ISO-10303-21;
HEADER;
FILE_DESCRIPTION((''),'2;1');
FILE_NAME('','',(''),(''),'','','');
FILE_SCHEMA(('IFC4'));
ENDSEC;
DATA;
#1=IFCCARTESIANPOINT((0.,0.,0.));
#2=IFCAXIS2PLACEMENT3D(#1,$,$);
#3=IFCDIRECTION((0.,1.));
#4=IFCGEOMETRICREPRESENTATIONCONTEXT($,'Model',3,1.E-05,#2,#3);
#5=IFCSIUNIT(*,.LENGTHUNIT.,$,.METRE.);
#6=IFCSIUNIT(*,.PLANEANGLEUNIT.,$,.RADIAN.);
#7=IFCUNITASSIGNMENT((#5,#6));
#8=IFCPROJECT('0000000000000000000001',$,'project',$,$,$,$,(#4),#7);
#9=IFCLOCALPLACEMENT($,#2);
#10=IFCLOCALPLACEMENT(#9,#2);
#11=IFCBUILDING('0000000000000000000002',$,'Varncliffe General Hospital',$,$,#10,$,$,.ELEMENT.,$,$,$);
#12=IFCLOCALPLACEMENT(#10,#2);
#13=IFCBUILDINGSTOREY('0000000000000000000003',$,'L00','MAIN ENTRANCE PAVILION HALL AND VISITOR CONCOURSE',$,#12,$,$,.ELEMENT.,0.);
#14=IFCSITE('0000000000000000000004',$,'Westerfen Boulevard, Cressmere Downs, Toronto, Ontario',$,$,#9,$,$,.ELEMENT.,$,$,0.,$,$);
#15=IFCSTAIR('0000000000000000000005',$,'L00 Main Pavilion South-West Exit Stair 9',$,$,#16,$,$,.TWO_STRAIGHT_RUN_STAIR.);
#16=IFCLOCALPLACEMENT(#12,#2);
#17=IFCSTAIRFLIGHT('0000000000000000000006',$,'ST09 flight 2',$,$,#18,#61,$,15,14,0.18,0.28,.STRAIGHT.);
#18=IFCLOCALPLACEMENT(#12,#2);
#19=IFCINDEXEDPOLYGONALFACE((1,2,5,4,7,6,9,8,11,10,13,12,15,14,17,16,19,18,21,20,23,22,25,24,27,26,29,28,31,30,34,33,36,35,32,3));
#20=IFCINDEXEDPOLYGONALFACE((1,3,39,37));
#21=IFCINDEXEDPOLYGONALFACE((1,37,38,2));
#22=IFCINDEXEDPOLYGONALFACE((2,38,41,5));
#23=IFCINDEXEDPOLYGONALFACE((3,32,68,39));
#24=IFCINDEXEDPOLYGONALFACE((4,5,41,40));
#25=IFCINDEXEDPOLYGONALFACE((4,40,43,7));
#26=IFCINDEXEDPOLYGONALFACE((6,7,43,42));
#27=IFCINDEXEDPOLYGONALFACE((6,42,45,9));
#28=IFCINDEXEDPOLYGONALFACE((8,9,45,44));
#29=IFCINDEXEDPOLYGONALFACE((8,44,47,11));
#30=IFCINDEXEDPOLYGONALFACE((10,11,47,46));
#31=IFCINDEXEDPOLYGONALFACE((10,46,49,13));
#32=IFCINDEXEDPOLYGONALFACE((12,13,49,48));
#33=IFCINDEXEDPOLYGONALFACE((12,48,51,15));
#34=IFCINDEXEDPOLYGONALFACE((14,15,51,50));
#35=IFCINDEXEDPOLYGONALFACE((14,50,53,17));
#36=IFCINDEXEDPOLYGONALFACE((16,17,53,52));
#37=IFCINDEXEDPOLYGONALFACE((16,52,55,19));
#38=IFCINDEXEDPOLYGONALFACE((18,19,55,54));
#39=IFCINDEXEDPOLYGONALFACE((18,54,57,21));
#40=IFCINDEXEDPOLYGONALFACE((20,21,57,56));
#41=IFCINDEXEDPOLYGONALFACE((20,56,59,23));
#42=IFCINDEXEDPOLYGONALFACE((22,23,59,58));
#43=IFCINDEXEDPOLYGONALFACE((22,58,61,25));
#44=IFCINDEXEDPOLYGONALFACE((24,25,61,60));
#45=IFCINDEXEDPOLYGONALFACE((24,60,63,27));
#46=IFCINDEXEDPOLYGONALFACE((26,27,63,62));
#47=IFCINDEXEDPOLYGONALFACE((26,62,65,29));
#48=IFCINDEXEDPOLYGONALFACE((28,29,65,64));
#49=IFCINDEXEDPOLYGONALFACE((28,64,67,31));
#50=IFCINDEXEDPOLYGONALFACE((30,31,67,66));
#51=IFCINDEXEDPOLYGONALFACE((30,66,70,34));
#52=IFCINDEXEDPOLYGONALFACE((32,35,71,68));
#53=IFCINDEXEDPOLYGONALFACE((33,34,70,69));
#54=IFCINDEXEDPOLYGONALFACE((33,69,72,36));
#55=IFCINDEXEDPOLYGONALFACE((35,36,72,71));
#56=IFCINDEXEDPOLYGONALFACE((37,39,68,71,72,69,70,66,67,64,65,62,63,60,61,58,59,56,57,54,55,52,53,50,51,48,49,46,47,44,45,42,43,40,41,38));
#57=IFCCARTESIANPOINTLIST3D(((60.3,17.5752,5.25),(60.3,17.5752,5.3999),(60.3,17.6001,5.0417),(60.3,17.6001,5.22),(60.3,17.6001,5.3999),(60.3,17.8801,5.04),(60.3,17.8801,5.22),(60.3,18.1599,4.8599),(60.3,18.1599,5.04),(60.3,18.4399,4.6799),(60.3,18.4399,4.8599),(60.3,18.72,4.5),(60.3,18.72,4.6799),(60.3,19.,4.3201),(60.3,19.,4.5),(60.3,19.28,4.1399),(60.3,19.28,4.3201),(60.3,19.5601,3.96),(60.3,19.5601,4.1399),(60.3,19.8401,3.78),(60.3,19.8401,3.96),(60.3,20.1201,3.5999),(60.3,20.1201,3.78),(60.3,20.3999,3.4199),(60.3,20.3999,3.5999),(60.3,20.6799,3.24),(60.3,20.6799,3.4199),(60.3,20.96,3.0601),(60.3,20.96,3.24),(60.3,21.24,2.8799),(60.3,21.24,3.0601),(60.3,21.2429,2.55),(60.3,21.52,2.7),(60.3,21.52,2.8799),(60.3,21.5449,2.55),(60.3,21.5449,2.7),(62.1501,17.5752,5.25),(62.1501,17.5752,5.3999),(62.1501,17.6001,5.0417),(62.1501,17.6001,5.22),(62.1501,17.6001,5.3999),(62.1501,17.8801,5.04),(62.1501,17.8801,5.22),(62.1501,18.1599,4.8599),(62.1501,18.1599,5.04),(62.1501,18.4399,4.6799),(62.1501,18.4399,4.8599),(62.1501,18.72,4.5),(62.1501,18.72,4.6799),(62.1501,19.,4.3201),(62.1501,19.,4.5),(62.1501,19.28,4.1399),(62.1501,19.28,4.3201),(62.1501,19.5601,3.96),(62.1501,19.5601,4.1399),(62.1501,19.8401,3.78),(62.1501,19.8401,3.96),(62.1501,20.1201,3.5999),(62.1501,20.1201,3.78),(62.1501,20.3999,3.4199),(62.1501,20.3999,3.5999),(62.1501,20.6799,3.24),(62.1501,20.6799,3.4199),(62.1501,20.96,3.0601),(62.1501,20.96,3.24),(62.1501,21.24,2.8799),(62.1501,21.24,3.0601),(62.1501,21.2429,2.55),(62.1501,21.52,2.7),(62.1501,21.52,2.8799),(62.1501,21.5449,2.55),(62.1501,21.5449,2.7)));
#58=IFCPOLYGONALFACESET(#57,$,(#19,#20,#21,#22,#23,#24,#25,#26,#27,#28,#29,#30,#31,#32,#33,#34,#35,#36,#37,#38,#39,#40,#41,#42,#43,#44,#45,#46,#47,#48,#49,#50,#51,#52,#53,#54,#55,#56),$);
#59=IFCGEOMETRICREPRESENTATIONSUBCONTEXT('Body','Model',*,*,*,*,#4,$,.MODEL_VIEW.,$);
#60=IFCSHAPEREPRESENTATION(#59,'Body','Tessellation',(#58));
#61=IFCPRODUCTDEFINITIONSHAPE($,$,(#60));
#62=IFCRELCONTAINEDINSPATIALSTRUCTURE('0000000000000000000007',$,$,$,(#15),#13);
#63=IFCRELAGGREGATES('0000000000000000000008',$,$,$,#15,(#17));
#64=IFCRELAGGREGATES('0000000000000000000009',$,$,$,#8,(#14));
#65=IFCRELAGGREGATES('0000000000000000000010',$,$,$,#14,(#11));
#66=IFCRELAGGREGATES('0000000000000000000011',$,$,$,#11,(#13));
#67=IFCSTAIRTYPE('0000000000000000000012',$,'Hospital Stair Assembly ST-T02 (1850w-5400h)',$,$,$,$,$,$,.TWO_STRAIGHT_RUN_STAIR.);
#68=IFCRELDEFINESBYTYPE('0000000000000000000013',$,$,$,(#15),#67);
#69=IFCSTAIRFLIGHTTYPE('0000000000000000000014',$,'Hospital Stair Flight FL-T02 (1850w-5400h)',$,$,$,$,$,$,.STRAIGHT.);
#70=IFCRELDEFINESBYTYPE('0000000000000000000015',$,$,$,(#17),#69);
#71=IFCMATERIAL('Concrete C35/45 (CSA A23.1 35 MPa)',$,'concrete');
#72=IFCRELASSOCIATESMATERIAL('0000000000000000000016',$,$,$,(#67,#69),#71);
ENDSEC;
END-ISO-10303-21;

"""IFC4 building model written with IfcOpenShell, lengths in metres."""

from ifc_helpers import new_model, si_unit, direction, frame, origin, place, context, subcontext, project, spatial, polyline, outline, extrude, material, type_object, element, aggregate, save


model = new_model("IFC4")

# Units and contexts
model_context = context("Model", 3, precision=1e-05, world=origin(), true_north=direction((0.0, 1.0)))
body_context = subcontext(model_context, "Body", "Model", "MODEL_VIEW")
ifc_project = project(units=[si_unit("LENGTHUNIT", "METRE"), si_unit("PLANEANGLEUNIT", "RADIAN")], contexts=[model_context])

# Site, building, storey
site_placement = place(None, origin())
site = spatial("IfcSite", under=ifc_project, at=site_placement, Name="Westerfen Boulevard, Cressmere Downs, Toronto, Ontario", CompositionType="ELEMENT", RefElevation=0.0)
building_placement = place(site_placement, origin())
building = spatial("IfcBuilding", under=site, at=building_placement, Name="Varncliffe General Hospital", CompositionType="ELEMENT")
storey_placement = place(building_placement, origin())
storey = spatial("IfcBuildingStorey", under=building, at=storey_placement, Name="L00", Description="MAIN ENTRANCE PAVILION HALL AND VISITOR CONCOURSE", CompositionType="ELEMENT", Elevation=0.0)

# Shared definitions
ifc_material_1 = material(Name="Concrete C35/45 (CSA A23.1 35 MPa)", Category="concrete")

# Stair, stair flight
stair_type = type_object("IfcStairType", Name="Hospital Stair Assembly ST-T02 (1850w-5400h)", PredefinedType="TWO_STRAIGHT_RUN_STAIR", material=ifc_material_1)
stair_placement = place(storey_placement, origin())
stair = element("IfcStair", 1, at=stair_placement, inside=storey, type_object=stair_type, Name="L00 Main Pavilion South-West Exit Stair 9", PredefinedType="TWO_STRAIGHT_RUN_STAIR")
stair_flight_type = type_object("IfcStairFlightType", Name="Hospital Stair Flight FL-T02 (1850w-5400h)", PredefinedType="STRAIGHT", material=ifc_material_1)
stair_flight_placement = place(storey_placement, frame((61.2251, 21.52, 2.7), z_axis=(0.0, 0.0, 1.0), x_axis=(0.0, -1.0, 0.0)))
stair_flight = element("IfcStairFlight", 2, at=stair_flight_placement, type_object=stair_flight_type, Name="ST09 flight 2", NumberOfRisers=15, NumberOfTreads=14, PredefinedType="STRAIGHT", RiserHeight=0.18, TreadLength=0.28, context=body_context, shape_type="SweptSolid", body=[
    extrude(outline(polyline([(-0.0249, -0.1499), (-0.0249, 0.0), (0.0, 0.0), (0.0, 0.1799), (0.28, 0.1799), (0.28, 0.3601), (0.5601, 0.3601), (0.5601, 0.54), (0.8401, 0.54), (0.8401, 0.72), (1.1201, 0.72), (1.1201, 0.8999), (1.3999, 0.8999), (1.3999, 1.0801), (1.6799, 1.0801), (1.6799, 1.26), (1.96, 1.26), (1.96, 1.4399), (2.24, 1.4399), (2.24, 1.6201), (2.52, 1.6201), (2.52, 1.8), (2.8, 1.8), (2.8, 1.98), (3.0801, 1.98), (3.0801, 2.1599), (3.3601, 2.1599), (3.3601, 2.3401), (3.6399, 2.3401), (3.6399, 2.52), (3.9199, 2.52), (3.9199, 2.7), (3.9448, 2.7), (3.9448, 2.55), (3.9199, 2.3418), (0.2771, -0.1499), (-0.0249, -0.1499)])), frame((0.0, 0.925, 0.0), z_axis=(0.0, -1.0, 0.0), x_axis=(1.0, 0.0, 0.0)), (0.0, 0.0, 1.0), 1.8501),
])
aggregate(stair, [stair_flight])

save(model, "model.ifc")
